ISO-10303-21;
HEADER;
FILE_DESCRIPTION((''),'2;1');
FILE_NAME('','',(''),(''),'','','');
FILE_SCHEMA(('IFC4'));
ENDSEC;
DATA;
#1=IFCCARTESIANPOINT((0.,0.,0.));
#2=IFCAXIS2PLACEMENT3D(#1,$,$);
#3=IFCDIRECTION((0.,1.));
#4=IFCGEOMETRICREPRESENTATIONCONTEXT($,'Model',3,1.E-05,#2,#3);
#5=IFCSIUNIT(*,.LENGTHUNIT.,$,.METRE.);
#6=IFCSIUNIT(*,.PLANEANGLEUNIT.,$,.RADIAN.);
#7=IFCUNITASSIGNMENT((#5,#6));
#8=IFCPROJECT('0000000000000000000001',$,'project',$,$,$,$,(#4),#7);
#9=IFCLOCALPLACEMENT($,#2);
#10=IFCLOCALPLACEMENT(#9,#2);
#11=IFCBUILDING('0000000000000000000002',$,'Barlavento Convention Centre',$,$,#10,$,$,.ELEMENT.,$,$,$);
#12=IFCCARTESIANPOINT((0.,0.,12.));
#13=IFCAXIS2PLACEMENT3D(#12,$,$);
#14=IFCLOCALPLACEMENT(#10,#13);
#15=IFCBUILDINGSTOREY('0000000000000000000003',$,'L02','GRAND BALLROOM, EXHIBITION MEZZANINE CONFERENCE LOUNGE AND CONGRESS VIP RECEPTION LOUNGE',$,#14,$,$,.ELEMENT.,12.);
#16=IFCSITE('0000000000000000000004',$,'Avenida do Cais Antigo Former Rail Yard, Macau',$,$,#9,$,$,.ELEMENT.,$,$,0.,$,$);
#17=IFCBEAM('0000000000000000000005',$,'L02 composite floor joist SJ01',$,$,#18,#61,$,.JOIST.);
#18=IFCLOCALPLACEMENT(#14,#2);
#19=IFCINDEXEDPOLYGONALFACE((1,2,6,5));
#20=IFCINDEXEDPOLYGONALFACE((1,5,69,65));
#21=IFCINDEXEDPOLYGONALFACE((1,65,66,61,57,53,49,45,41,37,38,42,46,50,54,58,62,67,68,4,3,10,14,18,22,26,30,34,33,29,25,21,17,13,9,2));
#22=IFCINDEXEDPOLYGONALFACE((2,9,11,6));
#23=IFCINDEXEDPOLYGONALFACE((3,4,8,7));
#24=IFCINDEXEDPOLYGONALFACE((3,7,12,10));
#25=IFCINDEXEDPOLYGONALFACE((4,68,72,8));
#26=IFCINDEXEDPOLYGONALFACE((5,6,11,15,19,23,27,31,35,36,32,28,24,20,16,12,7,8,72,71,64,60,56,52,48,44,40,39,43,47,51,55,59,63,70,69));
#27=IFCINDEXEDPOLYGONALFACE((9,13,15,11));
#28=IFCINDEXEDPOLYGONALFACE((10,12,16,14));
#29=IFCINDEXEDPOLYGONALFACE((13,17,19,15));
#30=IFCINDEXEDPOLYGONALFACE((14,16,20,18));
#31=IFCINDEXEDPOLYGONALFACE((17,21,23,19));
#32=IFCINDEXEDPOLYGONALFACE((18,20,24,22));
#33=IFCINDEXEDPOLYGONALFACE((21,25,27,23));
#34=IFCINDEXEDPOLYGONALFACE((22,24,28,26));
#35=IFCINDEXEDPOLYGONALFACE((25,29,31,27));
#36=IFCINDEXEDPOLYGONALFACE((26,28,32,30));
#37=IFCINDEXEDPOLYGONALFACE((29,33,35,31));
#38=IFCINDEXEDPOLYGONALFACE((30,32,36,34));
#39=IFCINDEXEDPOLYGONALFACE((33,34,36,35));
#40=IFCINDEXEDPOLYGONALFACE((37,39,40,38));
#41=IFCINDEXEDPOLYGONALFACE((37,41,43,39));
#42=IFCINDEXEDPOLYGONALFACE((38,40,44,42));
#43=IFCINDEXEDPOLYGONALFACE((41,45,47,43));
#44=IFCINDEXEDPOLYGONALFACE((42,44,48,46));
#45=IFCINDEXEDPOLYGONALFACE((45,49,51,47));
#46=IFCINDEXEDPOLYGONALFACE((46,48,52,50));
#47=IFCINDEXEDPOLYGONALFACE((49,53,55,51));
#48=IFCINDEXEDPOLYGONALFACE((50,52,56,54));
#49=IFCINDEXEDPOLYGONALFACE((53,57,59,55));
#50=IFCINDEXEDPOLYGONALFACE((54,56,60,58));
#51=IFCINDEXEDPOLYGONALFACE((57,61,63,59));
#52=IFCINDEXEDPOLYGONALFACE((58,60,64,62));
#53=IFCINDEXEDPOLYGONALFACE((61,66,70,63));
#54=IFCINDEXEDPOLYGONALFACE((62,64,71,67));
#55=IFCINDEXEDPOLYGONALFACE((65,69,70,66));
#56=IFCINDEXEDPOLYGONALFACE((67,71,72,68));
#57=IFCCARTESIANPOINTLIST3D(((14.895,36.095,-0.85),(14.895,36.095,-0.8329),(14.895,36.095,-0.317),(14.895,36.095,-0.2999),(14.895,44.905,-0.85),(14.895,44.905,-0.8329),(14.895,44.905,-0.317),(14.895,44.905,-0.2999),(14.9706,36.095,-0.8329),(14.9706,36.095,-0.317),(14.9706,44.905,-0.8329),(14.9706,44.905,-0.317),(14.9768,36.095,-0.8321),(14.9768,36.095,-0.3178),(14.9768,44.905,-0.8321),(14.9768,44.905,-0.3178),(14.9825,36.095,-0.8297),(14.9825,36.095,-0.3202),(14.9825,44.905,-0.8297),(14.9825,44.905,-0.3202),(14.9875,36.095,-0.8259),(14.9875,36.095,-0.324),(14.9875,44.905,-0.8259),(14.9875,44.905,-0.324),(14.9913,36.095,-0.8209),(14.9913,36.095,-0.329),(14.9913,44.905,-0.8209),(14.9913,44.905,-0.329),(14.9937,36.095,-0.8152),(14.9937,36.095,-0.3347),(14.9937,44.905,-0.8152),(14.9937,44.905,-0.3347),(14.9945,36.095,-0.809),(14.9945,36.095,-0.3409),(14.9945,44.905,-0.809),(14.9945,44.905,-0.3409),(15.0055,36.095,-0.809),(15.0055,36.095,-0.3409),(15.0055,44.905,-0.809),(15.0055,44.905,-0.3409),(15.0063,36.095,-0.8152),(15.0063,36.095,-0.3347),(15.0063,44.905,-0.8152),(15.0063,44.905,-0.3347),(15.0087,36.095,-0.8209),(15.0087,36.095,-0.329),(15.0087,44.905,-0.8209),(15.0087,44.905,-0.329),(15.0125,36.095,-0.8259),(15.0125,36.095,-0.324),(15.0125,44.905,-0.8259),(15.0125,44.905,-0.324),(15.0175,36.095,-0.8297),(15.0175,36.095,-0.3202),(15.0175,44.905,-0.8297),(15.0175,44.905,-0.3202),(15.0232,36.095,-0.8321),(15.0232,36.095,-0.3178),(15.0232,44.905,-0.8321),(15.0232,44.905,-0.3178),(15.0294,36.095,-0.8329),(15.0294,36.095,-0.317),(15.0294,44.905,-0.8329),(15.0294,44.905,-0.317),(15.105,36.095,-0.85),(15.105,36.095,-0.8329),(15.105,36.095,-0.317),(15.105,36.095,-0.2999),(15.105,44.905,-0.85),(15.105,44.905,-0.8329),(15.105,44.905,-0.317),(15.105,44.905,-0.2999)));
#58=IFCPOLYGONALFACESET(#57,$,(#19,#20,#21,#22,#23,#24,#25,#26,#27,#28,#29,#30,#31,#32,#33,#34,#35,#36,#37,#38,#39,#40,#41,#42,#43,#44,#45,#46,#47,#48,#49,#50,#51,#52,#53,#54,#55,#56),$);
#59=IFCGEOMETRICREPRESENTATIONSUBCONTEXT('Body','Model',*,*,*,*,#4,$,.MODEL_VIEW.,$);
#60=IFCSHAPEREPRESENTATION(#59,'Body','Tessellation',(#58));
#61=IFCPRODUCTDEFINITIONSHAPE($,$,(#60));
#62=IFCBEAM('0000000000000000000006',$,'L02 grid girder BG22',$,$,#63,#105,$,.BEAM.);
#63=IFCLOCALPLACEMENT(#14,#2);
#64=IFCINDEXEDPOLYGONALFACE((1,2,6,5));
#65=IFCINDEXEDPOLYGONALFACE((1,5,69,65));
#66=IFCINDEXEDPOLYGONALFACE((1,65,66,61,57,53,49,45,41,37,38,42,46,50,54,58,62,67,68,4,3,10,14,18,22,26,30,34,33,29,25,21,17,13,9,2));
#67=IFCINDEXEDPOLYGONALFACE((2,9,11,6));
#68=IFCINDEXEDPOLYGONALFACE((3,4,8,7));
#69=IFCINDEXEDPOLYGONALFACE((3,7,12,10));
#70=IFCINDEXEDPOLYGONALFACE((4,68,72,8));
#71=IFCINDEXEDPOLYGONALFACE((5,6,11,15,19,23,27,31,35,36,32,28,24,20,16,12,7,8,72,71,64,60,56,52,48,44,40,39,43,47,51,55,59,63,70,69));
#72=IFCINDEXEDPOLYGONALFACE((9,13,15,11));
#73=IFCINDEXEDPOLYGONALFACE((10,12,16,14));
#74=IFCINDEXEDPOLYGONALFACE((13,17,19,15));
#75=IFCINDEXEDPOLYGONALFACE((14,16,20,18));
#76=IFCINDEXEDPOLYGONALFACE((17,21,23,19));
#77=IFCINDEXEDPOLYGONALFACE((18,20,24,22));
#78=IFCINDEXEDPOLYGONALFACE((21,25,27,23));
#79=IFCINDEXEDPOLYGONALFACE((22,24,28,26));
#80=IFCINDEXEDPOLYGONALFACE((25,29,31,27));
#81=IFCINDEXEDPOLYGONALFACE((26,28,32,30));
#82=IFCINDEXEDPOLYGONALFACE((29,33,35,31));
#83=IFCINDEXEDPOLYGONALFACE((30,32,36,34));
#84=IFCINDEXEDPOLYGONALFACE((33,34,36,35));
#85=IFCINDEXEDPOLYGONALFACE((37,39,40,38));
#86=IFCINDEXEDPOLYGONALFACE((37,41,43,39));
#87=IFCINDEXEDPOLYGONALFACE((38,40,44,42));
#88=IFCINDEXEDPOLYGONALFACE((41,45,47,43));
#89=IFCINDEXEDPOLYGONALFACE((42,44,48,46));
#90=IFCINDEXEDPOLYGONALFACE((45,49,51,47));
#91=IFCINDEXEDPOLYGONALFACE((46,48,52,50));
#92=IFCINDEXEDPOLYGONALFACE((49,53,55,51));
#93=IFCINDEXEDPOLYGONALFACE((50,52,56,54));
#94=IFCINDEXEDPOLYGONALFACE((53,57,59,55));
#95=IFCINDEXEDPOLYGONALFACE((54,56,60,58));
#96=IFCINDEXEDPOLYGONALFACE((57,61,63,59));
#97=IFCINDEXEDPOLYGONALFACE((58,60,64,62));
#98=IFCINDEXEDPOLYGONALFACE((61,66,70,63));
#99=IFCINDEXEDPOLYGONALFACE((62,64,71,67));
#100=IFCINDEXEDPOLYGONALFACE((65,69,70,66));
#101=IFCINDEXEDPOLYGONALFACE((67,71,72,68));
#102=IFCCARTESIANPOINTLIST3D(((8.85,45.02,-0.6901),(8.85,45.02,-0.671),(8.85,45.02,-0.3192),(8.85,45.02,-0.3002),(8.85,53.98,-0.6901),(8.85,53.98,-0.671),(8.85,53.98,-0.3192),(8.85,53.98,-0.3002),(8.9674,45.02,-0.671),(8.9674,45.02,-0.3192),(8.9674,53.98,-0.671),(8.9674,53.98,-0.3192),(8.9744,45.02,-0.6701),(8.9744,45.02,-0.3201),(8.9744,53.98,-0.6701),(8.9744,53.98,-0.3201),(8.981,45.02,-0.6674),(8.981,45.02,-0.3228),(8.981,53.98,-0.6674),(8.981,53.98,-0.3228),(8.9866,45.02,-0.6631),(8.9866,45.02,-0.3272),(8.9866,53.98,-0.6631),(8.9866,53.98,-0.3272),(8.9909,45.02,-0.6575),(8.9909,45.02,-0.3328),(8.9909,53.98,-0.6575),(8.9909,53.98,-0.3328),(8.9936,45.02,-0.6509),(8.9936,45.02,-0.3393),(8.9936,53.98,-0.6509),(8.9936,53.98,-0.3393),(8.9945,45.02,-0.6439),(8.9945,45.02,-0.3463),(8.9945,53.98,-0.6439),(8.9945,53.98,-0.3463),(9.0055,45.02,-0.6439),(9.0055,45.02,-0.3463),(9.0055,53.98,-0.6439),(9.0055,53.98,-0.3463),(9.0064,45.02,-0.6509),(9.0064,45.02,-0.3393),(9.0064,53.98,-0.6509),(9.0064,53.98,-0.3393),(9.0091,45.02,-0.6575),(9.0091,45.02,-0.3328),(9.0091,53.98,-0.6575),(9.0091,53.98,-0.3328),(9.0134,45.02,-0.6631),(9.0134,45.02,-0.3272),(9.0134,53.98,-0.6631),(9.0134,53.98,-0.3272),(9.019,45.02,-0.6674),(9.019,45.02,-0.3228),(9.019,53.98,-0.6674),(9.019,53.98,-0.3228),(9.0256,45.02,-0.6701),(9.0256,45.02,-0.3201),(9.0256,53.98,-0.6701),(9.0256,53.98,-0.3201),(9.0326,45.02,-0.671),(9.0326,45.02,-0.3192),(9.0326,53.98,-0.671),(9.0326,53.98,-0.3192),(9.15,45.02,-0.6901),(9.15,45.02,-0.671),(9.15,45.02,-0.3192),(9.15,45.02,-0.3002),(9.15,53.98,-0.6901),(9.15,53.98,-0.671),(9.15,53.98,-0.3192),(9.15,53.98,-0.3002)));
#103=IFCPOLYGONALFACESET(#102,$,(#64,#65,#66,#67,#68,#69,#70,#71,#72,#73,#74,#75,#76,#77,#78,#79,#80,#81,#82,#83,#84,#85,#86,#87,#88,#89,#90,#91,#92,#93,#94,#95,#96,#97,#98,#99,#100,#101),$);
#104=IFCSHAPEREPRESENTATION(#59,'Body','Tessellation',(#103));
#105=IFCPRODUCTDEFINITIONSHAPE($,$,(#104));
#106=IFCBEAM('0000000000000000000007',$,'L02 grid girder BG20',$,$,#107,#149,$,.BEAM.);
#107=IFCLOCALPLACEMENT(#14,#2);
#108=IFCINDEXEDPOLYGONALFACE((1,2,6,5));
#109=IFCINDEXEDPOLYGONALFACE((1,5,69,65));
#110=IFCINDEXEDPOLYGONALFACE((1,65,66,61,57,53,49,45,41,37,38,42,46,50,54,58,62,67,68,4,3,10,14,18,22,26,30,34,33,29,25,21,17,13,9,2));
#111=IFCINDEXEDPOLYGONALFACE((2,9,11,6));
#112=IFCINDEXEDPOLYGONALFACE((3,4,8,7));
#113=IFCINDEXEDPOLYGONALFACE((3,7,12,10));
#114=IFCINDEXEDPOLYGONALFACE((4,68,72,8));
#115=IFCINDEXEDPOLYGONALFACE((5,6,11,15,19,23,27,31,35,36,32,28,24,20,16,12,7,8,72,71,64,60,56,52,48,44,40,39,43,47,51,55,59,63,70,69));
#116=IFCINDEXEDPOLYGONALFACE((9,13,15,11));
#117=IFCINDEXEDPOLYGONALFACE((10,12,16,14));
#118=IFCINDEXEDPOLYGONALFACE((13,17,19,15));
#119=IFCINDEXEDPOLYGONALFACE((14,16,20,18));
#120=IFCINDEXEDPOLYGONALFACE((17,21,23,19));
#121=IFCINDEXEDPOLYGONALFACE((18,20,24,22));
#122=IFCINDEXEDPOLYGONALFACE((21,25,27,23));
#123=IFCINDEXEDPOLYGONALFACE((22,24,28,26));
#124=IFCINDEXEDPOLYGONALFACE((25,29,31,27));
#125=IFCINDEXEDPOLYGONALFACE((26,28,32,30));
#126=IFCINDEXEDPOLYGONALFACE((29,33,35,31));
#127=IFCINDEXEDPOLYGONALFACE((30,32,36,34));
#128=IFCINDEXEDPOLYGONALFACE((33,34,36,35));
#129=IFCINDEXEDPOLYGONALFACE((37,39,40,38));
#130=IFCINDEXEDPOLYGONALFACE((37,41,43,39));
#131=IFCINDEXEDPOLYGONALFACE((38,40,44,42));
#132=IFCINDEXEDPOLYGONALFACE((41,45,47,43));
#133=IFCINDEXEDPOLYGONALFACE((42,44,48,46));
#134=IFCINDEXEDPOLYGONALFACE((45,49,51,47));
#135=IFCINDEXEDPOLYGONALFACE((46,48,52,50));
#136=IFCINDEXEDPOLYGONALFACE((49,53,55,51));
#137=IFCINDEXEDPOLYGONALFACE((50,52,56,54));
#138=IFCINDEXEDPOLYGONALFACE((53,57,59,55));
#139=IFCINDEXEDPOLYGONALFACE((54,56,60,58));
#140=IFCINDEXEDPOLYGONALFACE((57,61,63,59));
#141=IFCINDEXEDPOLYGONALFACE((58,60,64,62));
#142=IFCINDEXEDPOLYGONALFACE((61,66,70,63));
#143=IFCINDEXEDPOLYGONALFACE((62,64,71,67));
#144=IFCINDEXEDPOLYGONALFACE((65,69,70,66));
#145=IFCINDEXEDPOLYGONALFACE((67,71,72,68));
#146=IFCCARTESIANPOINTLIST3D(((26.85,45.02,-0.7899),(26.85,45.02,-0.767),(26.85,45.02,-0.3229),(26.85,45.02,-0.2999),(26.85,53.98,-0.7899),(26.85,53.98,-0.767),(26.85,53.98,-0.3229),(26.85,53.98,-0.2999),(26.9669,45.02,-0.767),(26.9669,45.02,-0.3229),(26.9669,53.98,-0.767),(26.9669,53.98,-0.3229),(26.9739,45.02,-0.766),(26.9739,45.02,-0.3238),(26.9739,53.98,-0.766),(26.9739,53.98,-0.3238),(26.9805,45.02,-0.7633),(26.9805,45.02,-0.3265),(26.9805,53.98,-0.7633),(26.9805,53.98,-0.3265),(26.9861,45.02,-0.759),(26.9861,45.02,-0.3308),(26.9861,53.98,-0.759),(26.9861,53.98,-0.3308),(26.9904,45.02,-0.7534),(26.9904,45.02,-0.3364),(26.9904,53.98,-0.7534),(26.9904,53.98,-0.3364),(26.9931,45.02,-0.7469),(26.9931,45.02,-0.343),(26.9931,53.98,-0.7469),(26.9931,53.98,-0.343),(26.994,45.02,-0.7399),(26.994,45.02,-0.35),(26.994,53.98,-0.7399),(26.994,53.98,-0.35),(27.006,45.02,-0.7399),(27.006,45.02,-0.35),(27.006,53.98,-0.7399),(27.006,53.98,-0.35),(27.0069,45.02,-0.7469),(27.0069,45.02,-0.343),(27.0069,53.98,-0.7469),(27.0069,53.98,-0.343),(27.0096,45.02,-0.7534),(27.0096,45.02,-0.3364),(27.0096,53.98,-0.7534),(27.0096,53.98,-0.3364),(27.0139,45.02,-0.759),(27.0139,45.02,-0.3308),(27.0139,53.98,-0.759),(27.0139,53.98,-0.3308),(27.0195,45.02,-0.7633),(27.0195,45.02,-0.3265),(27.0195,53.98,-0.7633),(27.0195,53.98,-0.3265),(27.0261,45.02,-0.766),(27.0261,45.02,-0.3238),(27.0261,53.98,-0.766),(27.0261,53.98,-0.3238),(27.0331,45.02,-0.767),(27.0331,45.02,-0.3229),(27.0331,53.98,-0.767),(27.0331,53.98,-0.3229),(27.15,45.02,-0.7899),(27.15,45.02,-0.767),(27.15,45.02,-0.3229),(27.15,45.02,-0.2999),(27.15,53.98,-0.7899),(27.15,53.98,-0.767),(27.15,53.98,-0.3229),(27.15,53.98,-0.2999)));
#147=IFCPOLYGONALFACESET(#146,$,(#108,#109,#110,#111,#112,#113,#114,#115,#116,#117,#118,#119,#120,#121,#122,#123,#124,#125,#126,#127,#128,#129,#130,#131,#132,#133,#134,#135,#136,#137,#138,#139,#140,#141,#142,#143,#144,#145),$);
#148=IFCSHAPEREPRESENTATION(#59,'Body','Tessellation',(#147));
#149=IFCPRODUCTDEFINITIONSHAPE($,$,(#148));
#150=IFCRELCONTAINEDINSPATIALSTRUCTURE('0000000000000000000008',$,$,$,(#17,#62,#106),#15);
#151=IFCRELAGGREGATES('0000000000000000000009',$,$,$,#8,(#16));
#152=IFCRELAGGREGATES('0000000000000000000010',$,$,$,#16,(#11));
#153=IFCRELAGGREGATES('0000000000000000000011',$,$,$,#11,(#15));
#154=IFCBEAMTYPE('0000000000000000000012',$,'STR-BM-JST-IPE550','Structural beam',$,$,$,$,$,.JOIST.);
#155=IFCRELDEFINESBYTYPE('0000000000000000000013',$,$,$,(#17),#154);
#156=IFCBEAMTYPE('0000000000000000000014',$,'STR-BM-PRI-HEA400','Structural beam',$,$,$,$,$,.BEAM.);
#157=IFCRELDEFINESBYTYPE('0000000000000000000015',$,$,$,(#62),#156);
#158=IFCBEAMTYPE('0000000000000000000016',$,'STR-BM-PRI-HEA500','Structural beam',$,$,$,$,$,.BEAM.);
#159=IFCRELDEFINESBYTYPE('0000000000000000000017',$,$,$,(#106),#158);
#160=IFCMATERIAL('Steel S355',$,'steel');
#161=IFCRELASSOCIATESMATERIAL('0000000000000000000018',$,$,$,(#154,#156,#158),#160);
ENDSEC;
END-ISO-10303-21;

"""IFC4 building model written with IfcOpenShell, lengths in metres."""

from ifc_helpers import new_model, si_unit, direction, frame, origin, origin_2d, place, context, subcontext, project, spatial, i_section, extrude, material, material_profile, profile_set, type_object, element, save


model = new_model("IFC4")

# Units and contexts
model_context = context("Model", 3, precision=1e-05, world=origin(), true_north=direction((0.0, 1.0)))
body_context = subcontext(model_context, "Body", "Model", "MODEL_VIEW")
ifc_project = project(units=[si_unit("LENGTHUNIT", "METRE"), si_unit("PLANEANGLEUNIT", "RADIAN")], contexts=[model_context])

# Site, building, storey
site_placement = place(None, origin())
site = spatial("IfcSite", under=ifc_project, at=site_placement, Name="Avenida do Cais Antigo Former Rail Yard, Macau", CompositionType="ELEMENT", RefElevation=0.0)
building_placement = place(site_placement, origin())
building = spatial("IfcBuilding", under=site, at=building_placement, Name="Barlavento Convention Centre", CompositionType="ELEMENT")
storey_placement = place(building_placement, frame((0.0, 0.0, 12.0)))
storey = spatial("IfcBuildingStorey", under=building, at=storey_placement, Name="L02", Description="GRAND BALLROOM, EXHIBITION MEZZANINE CONFERENCE LOUNGE AND CONGRESS VIP RECEPTION LOUNGE", CompositionType="ELEMENT", Elevation=12.0)

# Shared definitions
ifc_material_1 = material(Name="Steel S355", Category="steel")

# Beams
ifc_material_profile_1 = material_profile(ifc_material_1, i_section(OverallWidth=0.21, OverallDepth=0.55, WebThickness=0.011, FlangeThickness=0.0171, FilletRadius=0.0239, at=origin_2d()), Name="IPE 550")
ifc_profile_set_1 = profile_set([ifc_material_profile_1], Name="Steel S355")
beam_type_1 = type_object("IfcBeamType", Name="STR-BM-JST-IPE550", Description="Structural beam", PredefinedType="JOIST", material=ifc_profile_set_1)
beam_1_placement = place(storey_placement, frame((15.0, 36.095, -0.575), z_axis=(0.0, 1.0, 0.0), x_axis=(-1.0, 0.0, 0.0)))
element("IfcBeam", 1, at=beam_1_placement, inside=storey, type_object=beam_type_1, Name="L02 composite floor joist SJ01", PredefinedType="JOIST", context=body_context, shape_type="SweptSolid", body=[
    extrude(i_section(OverallWidth=0.21, OverallDepth=0.55, WebThickness=0.011, FlangeThickness=0.0171, FilletRadius=0.0239, at=origin_2d()), origin(), (0.0, 0.0, 1.0), 8.8101),
])
ifc_material_profile_2 = material_profile(ifc_material_1, i_section(OverallWidth=0.3, OverallDepth=0.3899, WebThickness=0.011, FlangeThickness=0.019, FilletRadius=0.0271, at=origin_2d()), Name="HEA 400")
ifc_profile_set_2 = profile_set([ifc_material_profile_2], Name="Steel S355")
beam_type_2 = type_object("IfcBeamType", Name="STR-BM-PRI-HEA400", Description="Structural beam", PredefinedType="BEAM", material=ifc_profile_set_2)
beam_2_placement = place(storey_placement, frame((9.0, 45.02, -0.4951), z_axis=(0.0, 1.0, 0.0), x_axis=(-1.0, 0.0, 0.0)))
element("IfcBeam", 2, at=beam_2_placement, inside=storey, type_object=beam_type_2, Name="L02 grid girder BG22", PredefinedType="BEAM", context=body_context, shape_type="SweptSolid", body=[
    extrude(i_section(OverallWidth=0.3, OverallDepth=0.3899, WebThickness=0.011, FlangeThickness=0.019, FilletRadius=0.0271, at=origin_2d()), origin(), (0.0, 0.0, 1.0), 8.96),
])
ifc_material_profile_3 = material_profile(ifc_material_1, i_section(OverallWidth=0.3, OverallDepth=0.49, WebThickness=0.012, FlangeThickness=0.0229, FilletRadius=0.0271, at=origin_2d()), Name="HEA 500")
ifc_profile_set_3 = profile_set([ifc_material_profile_3], Name="Steel S355")
beam_type_3 = type_object("IfcBeamType", Name="STR-BM-PRI-HEA500", Description="Structural beam", PredefinedType="BEAM", material=ifc_profile_set_3)
beam_3_placement = place(storey_placement, frame((27.0, 45.02, -0.5449), z_axis=(0.0, 1.0, 0.0), x_axis=(-1.0, 0.0, 0.0)))
element("IfcBeam", 3, at=beam_3_placement, inside=storey, type_object=beam_type_3, Name="L02 grid girder BG20", PredefinedType="BEAM", context=body_context, shape_type="SweptSolid", body=[
    extrude(i_section(OverallWidth=0.3, OverallDepth=0.49, WebThickness=0.012, FlangeThickness=0.0229, FilletRadius=0.0271, at=origin_2d()), origin(), (0.0, 0.0, 1.0), 8.96),
])

save(model, "model.ifc")
